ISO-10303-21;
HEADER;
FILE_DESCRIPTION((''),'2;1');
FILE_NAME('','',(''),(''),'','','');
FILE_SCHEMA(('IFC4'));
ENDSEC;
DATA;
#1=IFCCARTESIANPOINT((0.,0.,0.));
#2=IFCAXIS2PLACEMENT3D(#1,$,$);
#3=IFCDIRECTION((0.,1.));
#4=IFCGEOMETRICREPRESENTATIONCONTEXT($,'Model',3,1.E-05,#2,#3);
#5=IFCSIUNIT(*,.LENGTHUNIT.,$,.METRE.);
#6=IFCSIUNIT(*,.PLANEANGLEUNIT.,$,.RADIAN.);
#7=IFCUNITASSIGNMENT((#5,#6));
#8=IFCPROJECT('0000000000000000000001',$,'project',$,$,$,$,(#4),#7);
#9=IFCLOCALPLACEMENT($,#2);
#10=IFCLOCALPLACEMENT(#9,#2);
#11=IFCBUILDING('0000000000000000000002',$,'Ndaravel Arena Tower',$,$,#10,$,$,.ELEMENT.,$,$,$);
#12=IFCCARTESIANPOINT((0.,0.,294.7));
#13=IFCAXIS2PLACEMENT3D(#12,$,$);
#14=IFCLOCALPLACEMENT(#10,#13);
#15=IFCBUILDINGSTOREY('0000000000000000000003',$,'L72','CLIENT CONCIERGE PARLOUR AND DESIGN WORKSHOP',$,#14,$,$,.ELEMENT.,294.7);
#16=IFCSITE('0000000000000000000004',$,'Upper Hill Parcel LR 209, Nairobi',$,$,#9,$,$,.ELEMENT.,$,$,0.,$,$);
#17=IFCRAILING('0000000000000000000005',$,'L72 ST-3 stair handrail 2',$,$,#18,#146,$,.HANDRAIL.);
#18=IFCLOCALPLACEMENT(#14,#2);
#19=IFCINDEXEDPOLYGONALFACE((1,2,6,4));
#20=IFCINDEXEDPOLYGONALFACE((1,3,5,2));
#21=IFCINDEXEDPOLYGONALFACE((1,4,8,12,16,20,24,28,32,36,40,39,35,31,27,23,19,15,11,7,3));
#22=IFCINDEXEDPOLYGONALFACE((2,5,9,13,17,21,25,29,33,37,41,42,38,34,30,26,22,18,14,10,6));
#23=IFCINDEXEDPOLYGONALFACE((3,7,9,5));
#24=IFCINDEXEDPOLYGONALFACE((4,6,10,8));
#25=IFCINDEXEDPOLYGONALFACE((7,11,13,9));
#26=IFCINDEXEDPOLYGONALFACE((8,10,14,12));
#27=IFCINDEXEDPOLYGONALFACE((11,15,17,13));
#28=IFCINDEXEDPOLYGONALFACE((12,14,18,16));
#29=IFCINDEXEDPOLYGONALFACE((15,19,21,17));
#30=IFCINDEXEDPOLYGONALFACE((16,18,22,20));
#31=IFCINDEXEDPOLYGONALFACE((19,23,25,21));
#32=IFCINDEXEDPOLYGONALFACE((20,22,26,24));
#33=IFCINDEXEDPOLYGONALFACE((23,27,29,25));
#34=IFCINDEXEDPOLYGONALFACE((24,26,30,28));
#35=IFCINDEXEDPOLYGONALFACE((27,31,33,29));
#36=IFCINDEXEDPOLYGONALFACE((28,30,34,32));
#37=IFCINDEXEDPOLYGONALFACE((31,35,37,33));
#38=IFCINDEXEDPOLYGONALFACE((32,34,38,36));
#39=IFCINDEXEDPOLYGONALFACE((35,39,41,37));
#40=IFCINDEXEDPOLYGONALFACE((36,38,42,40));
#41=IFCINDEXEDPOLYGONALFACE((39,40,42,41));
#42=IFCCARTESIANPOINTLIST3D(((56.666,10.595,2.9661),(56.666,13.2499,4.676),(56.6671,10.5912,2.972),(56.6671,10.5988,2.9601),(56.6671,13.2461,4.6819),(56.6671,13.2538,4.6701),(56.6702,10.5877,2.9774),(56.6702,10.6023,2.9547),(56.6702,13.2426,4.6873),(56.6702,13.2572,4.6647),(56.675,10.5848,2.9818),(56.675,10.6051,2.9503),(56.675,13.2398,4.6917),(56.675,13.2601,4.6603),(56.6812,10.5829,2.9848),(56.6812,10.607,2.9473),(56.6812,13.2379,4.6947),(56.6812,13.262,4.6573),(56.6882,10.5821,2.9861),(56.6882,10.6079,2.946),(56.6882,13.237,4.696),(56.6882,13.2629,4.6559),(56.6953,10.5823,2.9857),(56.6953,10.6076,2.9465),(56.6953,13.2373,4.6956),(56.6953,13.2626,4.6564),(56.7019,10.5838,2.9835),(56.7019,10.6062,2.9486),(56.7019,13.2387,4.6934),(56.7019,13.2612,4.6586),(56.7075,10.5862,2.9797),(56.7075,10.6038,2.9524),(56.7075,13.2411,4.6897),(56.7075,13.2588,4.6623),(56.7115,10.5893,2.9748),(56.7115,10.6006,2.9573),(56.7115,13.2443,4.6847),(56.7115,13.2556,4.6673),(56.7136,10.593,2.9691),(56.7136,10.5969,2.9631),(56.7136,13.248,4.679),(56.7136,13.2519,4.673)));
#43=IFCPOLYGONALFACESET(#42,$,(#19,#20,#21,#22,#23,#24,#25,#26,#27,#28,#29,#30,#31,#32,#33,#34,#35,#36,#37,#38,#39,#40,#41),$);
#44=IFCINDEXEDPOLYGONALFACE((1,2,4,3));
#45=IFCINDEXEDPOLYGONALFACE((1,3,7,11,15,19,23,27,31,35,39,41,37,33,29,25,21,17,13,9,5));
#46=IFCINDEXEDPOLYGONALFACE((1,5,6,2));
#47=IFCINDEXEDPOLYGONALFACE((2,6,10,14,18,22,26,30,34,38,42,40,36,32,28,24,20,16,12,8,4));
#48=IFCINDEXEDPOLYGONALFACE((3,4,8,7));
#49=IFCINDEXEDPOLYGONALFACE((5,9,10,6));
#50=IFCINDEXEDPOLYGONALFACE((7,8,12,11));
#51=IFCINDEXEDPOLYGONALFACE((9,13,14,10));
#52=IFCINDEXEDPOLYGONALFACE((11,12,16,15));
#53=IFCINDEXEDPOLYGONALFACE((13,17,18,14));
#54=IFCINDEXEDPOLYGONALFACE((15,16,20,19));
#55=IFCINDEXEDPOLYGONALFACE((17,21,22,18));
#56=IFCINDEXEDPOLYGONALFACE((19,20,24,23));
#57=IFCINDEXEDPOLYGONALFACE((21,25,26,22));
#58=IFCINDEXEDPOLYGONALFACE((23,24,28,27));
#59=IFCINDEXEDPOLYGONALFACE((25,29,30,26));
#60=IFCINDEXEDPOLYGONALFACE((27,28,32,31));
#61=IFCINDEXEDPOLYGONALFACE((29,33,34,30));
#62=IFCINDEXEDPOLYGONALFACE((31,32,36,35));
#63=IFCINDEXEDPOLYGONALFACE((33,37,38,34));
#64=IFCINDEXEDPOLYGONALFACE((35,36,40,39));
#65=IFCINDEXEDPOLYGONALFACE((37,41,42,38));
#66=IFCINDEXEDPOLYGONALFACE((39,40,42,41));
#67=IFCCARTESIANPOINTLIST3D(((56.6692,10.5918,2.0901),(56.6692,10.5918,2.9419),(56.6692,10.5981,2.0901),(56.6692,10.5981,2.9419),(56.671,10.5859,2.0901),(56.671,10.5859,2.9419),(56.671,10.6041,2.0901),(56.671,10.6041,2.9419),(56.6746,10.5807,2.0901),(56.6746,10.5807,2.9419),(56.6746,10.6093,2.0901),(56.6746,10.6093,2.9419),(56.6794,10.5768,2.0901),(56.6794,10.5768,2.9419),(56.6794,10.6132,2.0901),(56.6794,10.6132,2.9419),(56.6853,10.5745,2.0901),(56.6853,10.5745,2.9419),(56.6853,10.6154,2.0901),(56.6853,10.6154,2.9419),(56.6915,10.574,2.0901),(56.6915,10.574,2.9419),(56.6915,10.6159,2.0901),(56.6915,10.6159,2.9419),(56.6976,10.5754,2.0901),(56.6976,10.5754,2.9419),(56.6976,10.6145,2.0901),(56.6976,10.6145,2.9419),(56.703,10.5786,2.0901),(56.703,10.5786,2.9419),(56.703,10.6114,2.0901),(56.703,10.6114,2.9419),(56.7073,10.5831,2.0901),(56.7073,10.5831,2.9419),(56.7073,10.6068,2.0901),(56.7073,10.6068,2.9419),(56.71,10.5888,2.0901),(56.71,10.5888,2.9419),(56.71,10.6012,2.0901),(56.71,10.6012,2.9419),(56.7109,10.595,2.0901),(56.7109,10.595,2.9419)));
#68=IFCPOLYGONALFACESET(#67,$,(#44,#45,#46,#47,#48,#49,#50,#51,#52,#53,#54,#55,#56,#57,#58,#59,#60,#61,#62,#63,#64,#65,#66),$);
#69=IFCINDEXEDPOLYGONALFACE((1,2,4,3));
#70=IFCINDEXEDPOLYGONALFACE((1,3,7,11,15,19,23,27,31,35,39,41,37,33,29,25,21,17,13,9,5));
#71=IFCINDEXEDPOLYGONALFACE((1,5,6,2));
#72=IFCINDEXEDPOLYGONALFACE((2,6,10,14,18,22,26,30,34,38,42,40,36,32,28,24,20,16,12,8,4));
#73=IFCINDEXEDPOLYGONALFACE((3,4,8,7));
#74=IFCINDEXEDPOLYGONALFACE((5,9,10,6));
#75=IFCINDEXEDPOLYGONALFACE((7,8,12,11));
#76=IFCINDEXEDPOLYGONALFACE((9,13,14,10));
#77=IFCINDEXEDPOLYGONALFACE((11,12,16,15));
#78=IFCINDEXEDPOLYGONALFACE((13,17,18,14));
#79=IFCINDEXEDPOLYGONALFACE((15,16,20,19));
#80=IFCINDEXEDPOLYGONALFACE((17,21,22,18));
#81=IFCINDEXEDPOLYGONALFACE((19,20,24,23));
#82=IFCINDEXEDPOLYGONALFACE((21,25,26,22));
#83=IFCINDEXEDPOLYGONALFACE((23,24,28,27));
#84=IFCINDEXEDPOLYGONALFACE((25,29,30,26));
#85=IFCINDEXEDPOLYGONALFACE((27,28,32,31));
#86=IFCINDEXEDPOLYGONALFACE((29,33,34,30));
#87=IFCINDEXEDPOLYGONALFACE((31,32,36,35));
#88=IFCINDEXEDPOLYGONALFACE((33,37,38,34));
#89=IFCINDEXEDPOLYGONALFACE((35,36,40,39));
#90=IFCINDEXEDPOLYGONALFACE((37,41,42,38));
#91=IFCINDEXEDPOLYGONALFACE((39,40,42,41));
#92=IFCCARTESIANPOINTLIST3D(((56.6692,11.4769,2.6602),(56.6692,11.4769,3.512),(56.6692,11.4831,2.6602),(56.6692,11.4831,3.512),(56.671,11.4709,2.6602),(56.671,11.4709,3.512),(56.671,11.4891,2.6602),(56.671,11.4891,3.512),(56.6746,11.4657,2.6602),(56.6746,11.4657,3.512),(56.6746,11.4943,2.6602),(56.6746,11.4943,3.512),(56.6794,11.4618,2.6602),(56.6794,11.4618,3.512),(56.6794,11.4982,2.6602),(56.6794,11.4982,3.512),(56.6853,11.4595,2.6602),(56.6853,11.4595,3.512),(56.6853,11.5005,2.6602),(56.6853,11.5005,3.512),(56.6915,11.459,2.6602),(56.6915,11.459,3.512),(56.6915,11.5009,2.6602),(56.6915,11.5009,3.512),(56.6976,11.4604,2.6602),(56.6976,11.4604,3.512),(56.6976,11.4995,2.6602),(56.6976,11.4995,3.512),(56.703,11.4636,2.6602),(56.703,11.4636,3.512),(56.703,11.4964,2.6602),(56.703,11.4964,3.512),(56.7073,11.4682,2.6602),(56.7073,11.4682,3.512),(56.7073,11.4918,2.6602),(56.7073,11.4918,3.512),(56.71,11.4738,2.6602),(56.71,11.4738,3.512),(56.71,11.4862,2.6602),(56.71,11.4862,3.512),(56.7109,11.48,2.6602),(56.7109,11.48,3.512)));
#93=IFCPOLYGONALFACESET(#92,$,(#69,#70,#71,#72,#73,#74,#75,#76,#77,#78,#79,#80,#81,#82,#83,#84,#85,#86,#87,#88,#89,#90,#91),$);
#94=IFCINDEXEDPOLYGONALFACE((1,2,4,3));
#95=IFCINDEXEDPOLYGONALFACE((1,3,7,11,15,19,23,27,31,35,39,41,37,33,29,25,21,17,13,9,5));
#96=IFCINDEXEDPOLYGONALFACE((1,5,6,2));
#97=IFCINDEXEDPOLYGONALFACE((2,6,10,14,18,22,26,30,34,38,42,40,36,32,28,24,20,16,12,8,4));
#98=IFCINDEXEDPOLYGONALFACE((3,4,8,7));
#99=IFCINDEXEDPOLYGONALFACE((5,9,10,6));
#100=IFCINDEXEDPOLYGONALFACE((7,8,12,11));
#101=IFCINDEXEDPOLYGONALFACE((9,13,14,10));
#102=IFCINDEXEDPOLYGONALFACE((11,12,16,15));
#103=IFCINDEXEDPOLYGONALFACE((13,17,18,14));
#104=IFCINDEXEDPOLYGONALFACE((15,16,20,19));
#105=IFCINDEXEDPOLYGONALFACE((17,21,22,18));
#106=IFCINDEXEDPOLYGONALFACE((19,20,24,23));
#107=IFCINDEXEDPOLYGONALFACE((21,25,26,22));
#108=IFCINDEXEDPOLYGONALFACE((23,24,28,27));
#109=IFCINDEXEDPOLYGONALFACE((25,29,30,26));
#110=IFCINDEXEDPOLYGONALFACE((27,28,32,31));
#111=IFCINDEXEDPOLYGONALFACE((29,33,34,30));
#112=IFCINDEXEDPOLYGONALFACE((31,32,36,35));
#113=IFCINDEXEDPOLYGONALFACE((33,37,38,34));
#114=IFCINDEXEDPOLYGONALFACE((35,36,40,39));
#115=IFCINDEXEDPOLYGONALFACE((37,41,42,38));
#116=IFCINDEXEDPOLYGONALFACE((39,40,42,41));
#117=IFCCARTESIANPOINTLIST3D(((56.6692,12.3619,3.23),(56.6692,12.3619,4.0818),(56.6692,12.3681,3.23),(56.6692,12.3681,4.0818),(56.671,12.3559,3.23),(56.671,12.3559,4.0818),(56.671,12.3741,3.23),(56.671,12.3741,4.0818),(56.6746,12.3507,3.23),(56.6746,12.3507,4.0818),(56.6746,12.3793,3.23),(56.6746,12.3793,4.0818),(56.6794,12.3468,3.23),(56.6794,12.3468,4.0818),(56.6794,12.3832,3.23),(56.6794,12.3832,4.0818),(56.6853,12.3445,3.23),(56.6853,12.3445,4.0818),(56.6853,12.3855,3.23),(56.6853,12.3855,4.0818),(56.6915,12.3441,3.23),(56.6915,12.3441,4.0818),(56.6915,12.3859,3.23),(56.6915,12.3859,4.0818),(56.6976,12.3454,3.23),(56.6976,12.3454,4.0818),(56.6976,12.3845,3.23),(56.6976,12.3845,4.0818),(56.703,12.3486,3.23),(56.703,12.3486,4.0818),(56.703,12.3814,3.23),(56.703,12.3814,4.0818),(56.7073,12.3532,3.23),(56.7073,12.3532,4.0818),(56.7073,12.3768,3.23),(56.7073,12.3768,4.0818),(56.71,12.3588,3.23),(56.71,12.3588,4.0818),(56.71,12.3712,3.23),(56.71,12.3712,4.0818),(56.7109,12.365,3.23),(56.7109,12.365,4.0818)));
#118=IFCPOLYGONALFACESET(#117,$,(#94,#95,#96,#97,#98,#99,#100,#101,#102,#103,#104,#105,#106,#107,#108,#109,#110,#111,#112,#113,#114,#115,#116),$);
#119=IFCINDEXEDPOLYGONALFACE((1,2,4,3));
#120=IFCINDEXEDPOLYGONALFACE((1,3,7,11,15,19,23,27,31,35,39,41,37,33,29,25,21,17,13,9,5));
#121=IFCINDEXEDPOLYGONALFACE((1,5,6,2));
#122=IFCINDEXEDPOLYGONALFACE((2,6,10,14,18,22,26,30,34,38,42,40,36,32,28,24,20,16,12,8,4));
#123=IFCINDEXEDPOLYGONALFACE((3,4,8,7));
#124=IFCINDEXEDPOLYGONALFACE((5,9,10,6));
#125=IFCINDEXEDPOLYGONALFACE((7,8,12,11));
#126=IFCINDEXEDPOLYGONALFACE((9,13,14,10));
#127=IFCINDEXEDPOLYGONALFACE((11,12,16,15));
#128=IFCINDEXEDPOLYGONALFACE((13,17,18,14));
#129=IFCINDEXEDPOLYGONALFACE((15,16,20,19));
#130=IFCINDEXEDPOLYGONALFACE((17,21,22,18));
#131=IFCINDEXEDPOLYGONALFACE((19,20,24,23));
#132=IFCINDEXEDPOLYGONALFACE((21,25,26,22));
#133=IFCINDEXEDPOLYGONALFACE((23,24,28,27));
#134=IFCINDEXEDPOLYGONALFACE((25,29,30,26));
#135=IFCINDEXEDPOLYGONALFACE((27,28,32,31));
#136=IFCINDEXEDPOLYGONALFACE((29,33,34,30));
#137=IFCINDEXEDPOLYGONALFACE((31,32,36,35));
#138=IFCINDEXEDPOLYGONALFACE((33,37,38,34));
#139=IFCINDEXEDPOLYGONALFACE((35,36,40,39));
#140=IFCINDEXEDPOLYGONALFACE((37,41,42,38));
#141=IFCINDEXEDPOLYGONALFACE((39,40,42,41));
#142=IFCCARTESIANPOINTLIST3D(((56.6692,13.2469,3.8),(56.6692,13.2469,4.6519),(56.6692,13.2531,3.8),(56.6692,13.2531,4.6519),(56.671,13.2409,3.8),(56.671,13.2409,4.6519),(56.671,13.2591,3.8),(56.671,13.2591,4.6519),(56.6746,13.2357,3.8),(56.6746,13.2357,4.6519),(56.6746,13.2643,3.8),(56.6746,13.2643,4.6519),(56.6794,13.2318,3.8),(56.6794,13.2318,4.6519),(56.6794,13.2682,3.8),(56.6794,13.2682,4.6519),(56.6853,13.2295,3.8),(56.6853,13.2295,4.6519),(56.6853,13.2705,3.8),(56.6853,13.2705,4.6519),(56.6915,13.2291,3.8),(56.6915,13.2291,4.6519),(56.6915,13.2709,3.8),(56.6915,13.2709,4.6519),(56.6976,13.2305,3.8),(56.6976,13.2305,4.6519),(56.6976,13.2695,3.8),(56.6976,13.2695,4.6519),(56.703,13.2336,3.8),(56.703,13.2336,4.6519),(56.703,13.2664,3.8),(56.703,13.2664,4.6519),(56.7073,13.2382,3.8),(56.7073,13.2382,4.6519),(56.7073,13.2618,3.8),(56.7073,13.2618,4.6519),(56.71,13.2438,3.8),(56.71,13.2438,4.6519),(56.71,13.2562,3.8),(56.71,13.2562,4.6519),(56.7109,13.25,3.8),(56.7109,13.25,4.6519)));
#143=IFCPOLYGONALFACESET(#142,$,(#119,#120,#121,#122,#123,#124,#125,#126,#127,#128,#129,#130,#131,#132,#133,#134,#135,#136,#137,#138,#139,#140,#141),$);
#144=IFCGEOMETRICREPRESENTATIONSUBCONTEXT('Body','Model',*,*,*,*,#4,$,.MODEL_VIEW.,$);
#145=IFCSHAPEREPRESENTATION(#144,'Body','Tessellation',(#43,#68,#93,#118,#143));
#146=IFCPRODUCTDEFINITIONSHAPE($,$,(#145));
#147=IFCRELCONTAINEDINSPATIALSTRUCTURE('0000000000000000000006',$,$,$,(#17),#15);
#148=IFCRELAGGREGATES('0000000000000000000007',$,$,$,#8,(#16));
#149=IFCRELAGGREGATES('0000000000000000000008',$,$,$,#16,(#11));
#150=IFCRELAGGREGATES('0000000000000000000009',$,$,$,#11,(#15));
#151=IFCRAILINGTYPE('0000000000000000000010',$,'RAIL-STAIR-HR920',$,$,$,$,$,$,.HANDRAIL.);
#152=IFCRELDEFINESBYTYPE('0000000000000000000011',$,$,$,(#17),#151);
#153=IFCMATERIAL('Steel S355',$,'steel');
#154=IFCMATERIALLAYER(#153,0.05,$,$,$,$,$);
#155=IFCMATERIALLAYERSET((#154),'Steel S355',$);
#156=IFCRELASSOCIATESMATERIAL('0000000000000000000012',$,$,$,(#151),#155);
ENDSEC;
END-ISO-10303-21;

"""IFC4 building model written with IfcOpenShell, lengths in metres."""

from ifc_helpers import new_model, si_unit, direction, frame, origin, origin_2d, place, context, subcontext, project, spatial, circle, extrude, material, layer, layer_set, type_object, element, save


model = new_model("IFC4")

# Units and contexts
model_context = context("Model", 3, precision=1e-05, world=origin(), true_north=direction((0.0, 1.0)))
body_context = subcontext(model_context, "Body", "Model", "MODEL_VIEW")
ifc_project = project(units=[si_unit("LENGTHUNIT", "METRE"), si_unit("PLANEANGLEUNIT", "RADIAN")], contexts=[model_context])

# Site, building, storey
site_placement = place(None, origin())
site = spatial("IfcSite", under=ifc_project, at=site_placement, Name="Upper Hill Parcel LR 209, Nairobi", CompositionType="ELEMENT", RefElevation=0.0)
building_placement = place(site_placement, origin())
building = spatial("IfcBuilding", under=site, at=building_placement, Name="Ndaravel Arena Tower", CompositionType="ELEMENT")
storey_placement = place(building_placement, frame((0.0, 0.0, 294.7)))
storey = spatial("IfcBuildingStorey", under=building, at=storey_placement, Name="L72", Description="CLIENT CONCIERGE PARLOUR AND DESIGN WORKSHOP", CompositionType="ELEMENT", Elevation=294.7)

# Railing
ifc_material_1 = material(Name="Steel S355", Category="steel")
ifc_layer_1 = layer(ifc_material_1, 0.05)
ifc_layer_set_1 = layer_set([ifc_layer_1], Name="Steel S355")
railing_type_1 = type_object("IfcRailingType", Name="RAIL-STAIR-HR920", PredefinedType="HANDRAIL", material=ifc_layer_set_1)
railing_1_placement = place(storey_placement, frame((56.6899, 10.595, 2.0901)))
element("IfcRailing", 1, at=railing_1_placement, inside=storey, type_object=railing_type_1, Name="L72 ST-3 stair handrail 2", PredefinedType="HANDRAIL", context=body_context, shape_type="SweptSolid", body=[
    extrude(circle(Radius=0.0239, at=origin_2d()), frame((0.0, 0.0, 0.876), z_axis=(0.0, 0.840724, 0.541465), x_axis=(-1.0, 0.0, 0.0)), (0.0, 0.0, 1.0), 3.158),
    extrude(circle(Radius=0.021, at=origin_2d()), origin(), (0.0, 0.0, 1.0), 0.8518),
    extrude(circle(Radius=0.021, at=origin_2d()), frame((0.0, 0.885, 0.5701)), (0.0, 0.0, 1.0), 0.8518),
    extrude(circle(Radius=0.021, at=origin_2d()), frame((0.0, 1.77, 1.1399)), (0.0, 0.0, 1.0), 0.8518),
    extrude(circle(Radius=0.021, at=origin_2d()), frame((0.0, 2.655, 1.71)), (0.0, 0.0, 1.0), 0.8518),
])

save(model, "model.ifc")
